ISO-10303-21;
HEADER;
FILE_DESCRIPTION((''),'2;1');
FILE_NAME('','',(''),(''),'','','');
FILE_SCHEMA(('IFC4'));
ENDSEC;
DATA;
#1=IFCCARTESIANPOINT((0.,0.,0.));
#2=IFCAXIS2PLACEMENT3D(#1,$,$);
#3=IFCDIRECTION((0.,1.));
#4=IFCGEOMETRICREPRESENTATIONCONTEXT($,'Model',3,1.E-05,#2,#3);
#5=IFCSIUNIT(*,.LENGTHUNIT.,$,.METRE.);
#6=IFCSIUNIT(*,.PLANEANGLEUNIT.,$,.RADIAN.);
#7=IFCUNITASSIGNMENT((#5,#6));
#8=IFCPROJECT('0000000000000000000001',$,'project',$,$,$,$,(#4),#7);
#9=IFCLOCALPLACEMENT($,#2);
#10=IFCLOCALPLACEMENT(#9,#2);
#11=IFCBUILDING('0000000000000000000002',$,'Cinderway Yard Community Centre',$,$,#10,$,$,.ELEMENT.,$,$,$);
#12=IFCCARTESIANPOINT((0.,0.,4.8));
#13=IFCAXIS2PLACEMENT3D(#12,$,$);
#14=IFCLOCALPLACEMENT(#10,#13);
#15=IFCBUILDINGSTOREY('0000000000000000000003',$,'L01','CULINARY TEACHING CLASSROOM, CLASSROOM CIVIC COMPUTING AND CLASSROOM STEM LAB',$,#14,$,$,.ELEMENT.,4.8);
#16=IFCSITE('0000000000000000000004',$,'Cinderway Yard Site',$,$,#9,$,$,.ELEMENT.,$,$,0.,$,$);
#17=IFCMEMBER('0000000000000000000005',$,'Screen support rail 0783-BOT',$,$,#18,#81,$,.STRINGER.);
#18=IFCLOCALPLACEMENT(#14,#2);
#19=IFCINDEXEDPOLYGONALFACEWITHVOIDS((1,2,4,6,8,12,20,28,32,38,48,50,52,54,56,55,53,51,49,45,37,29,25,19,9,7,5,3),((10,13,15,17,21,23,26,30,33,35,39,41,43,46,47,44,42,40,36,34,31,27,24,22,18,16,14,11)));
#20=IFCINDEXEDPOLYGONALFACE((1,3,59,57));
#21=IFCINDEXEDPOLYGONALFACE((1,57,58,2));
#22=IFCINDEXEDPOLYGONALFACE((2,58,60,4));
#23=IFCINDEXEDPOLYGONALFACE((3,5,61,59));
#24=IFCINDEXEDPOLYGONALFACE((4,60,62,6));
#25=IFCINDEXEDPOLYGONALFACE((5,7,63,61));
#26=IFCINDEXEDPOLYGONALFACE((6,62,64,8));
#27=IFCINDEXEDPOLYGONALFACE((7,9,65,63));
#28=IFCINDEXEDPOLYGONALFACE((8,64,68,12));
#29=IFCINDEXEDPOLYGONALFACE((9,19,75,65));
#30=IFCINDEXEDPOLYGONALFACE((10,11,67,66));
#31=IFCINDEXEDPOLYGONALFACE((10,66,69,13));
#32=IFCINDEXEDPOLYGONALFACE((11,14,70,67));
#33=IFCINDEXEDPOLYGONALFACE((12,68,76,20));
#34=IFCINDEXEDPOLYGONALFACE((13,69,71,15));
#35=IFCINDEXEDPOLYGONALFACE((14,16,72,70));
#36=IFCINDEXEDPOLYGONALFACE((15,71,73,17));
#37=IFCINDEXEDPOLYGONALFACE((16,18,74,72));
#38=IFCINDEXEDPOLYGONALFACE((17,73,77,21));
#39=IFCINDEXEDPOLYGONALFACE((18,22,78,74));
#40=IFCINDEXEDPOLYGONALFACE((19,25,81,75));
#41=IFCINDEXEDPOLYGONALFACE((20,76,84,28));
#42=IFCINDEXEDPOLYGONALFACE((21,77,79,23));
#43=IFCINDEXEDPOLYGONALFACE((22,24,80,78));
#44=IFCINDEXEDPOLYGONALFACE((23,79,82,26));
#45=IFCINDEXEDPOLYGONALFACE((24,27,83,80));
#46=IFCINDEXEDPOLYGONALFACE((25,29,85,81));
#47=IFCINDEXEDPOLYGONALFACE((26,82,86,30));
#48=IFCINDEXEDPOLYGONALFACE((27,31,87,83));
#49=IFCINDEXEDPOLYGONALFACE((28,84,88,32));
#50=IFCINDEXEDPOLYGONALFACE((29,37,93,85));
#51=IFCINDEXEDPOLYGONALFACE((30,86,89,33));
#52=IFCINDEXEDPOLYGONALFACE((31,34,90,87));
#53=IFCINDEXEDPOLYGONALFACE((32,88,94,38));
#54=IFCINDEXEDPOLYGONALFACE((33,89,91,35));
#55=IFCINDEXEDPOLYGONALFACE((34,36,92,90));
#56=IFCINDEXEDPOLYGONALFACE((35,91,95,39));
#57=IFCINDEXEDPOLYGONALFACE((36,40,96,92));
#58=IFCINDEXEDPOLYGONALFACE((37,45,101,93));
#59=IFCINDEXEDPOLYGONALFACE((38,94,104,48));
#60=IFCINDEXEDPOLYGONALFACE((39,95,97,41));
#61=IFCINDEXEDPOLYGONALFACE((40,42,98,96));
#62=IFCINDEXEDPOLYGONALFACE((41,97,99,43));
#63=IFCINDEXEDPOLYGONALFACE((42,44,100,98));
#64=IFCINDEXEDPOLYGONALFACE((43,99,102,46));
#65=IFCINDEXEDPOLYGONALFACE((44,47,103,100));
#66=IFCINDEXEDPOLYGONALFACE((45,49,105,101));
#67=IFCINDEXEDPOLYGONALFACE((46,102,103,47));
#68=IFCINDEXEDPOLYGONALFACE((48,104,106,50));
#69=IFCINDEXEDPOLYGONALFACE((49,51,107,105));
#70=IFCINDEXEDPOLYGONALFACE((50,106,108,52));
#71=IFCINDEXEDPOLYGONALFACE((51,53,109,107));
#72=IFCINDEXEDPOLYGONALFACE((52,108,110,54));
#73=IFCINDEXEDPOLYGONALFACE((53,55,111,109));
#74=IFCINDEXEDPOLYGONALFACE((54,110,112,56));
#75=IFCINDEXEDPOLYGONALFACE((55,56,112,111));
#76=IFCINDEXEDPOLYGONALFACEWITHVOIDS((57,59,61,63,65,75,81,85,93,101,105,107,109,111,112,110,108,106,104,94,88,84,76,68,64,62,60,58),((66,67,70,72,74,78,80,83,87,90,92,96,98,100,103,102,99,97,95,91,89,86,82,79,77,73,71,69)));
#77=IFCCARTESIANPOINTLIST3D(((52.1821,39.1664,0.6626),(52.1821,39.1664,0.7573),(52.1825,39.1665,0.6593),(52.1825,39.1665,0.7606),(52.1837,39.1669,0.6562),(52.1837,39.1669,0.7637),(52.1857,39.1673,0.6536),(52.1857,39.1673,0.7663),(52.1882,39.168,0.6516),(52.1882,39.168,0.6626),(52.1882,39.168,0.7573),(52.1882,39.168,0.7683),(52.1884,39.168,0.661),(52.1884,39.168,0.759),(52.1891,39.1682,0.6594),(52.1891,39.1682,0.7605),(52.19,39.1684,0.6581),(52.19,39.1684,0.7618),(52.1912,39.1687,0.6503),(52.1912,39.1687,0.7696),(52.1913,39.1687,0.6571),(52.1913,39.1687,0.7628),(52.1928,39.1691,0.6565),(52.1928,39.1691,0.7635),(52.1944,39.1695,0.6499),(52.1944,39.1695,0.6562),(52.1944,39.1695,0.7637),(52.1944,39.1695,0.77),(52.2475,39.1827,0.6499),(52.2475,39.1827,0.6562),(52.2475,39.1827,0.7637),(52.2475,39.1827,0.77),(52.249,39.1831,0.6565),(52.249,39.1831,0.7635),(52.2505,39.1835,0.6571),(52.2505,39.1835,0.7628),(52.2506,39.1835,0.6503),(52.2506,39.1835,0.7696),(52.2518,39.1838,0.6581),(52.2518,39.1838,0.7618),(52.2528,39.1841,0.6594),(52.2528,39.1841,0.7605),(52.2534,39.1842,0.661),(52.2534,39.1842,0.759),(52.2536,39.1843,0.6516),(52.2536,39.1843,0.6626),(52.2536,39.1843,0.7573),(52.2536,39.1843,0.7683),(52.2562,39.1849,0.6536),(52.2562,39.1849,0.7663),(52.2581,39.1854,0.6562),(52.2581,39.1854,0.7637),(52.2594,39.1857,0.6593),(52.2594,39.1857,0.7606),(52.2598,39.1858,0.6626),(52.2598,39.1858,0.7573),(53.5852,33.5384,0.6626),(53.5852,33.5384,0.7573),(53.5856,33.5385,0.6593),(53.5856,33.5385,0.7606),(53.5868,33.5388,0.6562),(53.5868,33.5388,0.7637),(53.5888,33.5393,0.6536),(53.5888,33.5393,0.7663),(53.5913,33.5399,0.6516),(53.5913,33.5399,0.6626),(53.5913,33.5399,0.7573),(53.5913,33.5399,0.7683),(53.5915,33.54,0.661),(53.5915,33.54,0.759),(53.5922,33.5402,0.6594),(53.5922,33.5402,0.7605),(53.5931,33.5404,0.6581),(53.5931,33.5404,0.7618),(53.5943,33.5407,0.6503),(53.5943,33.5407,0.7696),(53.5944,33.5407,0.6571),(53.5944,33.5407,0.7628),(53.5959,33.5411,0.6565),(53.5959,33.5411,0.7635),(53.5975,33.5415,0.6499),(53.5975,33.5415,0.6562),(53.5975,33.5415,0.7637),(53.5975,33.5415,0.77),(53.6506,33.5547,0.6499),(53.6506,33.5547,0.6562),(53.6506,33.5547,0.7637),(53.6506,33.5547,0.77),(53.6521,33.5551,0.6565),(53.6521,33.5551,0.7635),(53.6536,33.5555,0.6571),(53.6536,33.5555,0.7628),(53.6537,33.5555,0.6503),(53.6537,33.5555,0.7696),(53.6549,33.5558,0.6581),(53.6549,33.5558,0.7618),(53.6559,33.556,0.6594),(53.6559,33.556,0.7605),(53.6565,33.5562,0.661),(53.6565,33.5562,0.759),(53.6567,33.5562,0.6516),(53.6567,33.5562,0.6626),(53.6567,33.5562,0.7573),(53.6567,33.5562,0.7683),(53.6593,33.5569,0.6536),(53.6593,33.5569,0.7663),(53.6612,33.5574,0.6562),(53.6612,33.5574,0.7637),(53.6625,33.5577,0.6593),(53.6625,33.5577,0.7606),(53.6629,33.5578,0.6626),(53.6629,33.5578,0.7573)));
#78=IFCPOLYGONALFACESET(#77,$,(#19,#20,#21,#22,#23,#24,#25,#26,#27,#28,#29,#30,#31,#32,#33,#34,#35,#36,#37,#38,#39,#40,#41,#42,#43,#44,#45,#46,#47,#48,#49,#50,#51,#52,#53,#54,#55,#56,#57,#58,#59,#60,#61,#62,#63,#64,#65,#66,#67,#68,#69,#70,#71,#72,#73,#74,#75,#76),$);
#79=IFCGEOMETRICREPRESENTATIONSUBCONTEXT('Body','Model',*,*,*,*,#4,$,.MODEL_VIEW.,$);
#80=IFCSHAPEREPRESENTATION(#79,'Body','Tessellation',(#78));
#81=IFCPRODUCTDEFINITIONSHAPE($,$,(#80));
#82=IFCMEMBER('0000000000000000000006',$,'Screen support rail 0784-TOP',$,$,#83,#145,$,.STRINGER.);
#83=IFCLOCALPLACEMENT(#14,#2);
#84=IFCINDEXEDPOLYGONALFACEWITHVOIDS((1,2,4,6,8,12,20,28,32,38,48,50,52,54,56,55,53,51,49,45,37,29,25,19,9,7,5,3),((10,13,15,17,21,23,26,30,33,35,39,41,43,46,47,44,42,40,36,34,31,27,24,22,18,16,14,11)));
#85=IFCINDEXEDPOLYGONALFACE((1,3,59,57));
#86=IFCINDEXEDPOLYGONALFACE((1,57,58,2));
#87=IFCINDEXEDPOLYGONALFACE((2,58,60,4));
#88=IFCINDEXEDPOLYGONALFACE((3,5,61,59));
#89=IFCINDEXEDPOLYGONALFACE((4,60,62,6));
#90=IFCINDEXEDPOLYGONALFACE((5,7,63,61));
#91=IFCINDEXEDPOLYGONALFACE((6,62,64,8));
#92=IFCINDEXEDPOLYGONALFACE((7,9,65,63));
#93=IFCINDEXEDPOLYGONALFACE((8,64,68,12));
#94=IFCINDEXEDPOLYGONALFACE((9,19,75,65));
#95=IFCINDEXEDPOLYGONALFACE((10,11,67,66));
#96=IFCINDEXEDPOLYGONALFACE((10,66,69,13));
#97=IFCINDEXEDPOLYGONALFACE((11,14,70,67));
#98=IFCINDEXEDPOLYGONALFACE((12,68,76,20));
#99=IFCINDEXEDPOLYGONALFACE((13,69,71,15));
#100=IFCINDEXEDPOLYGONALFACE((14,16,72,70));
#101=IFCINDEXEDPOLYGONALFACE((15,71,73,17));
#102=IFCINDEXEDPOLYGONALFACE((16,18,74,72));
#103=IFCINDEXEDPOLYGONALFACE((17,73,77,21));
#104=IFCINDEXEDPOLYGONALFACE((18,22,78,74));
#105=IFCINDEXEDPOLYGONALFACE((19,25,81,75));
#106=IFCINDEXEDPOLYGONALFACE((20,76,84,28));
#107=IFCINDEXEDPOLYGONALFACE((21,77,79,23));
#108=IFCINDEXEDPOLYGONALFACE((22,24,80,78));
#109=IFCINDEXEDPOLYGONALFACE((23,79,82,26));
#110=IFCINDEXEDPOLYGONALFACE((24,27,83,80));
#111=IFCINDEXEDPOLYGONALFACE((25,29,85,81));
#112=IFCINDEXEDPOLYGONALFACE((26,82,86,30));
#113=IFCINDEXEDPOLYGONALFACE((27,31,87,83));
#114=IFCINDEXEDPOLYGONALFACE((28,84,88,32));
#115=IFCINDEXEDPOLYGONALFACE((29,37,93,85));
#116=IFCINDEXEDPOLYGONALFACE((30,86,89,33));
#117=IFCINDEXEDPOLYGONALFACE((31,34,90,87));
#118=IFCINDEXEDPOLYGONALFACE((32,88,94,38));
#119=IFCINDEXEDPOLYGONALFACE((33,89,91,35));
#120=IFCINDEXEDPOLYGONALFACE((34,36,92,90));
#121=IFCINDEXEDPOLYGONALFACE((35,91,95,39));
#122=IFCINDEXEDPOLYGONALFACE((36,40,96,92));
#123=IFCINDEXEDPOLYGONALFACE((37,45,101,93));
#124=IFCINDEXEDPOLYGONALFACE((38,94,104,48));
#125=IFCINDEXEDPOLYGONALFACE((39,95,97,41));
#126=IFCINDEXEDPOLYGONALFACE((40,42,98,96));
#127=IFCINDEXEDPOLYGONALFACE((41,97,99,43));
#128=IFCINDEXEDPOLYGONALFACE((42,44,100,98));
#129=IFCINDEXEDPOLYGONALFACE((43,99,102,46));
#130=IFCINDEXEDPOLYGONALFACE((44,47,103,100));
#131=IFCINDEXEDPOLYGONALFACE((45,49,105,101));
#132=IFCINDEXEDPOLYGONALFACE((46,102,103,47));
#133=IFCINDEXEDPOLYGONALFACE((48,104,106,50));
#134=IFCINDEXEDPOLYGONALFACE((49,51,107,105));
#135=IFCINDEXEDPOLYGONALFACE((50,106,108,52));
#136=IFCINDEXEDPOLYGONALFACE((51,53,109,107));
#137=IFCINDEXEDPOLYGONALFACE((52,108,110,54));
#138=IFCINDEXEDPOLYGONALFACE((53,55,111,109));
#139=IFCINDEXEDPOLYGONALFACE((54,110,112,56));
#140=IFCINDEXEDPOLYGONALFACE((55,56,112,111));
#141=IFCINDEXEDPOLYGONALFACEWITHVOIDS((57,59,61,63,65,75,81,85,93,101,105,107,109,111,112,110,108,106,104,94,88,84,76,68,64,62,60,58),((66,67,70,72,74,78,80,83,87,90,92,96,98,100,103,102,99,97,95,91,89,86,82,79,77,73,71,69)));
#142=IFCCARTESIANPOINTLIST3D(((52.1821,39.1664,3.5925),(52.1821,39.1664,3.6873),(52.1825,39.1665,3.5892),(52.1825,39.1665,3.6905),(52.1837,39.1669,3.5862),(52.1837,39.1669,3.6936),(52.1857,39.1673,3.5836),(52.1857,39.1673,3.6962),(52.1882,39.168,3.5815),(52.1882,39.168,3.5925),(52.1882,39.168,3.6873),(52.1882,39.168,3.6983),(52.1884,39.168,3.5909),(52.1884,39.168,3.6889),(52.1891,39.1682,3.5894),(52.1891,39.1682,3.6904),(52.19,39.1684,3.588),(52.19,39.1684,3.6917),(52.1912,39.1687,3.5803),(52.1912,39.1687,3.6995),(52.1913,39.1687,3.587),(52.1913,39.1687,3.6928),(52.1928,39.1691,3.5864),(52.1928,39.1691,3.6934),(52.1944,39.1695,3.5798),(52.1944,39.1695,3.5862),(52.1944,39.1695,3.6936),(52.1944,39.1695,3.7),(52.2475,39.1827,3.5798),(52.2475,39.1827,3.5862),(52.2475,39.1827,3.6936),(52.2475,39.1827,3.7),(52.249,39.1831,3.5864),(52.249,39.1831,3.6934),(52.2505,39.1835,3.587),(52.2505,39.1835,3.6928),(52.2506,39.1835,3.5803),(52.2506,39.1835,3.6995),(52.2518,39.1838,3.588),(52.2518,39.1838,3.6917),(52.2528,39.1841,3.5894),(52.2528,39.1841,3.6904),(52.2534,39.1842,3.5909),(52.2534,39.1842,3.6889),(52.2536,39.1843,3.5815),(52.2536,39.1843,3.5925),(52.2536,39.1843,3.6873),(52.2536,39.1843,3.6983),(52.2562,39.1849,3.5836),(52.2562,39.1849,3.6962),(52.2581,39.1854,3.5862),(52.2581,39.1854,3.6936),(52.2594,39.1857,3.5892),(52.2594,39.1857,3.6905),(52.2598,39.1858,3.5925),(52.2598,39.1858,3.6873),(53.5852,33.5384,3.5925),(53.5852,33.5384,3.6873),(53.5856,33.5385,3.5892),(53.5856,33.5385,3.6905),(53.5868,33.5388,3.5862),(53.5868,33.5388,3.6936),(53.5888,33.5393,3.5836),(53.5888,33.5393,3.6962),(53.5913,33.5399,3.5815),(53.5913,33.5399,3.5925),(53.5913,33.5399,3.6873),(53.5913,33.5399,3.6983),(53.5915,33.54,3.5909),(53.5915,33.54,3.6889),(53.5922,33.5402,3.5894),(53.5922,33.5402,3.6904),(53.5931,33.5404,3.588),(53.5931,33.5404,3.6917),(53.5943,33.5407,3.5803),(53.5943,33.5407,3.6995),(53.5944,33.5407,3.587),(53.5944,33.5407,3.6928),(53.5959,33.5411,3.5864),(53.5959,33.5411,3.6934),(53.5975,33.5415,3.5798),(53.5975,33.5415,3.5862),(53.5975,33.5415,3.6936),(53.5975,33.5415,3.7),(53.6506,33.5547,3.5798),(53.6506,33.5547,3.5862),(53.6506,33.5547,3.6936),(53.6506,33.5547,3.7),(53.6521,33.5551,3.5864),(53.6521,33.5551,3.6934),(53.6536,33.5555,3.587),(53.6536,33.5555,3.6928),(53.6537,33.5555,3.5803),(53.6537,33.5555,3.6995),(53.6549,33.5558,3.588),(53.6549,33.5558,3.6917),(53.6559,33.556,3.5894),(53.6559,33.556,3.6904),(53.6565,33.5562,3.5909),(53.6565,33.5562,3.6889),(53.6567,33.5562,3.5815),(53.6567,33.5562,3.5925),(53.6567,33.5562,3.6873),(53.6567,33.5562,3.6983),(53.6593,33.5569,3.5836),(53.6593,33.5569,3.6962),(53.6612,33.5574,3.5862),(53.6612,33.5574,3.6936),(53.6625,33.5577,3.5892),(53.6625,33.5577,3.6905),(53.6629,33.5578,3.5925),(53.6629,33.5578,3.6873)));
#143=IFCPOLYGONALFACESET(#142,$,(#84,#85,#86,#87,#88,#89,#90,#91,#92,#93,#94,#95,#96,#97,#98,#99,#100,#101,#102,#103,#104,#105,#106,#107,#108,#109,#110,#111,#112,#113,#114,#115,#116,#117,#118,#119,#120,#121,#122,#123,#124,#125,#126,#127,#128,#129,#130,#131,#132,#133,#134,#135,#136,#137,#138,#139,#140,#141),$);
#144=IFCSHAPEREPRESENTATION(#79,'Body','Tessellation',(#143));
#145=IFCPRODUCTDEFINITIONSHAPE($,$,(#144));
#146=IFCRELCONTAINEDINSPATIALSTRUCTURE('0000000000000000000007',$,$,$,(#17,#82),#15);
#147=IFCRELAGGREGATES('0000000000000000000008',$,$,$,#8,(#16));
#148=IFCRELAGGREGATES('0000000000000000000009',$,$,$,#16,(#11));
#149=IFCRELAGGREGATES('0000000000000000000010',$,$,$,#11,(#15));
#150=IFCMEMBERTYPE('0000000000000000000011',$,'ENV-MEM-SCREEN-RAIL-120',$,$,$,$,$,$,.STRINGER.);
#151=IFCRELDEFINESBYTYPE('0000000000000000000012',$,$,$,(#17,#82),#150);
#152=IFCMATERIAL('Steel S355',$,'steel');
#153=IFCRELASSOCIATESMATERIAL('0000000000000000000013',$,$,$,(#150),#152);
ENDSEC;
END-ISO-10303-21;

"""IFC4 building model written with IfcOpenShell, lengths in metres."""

from ifc_helpers import new_model, si_unit, direction, frame, origin, origin_2d, place, context, subcontext, project, spatial, hollow_rectangle, extrude, material, material_profile, profile_set, type_object, element, save


model = new_model("IFC4")

# Units and contexts
model_context = context("Model", 3, precision=1e-05, world=origin(), true_north=direction((0.0, 1.0)))
body_context = subcontext(model_context, "Body", "Model", "MODEL_VIEW")
ifc_project = project(units=[si_unit("LENGTHUNIT", "METRE"), si_unit("PLANEANGLEUNIT", "RADIAN")], contexts=[model_context])

# Site, building, storey
site_placement = place(None, origin())
site = spatial("IfcSite", under=ifc_project, at=site_placement, Name="Cinderway Yard Site", CompositionType="ELEMENT", RefElevation=0.0)
building_placement = place(site_placement, origin())
building = spatial("IfcBuilding", under=site, at=building_placement, Name="Cinderway Yard Community Centre", CompositionType="ELEMENT")
storey_placement = place(building_placement, frame((0.0, 0.0, 4.8)))
storey = spatial("IfcBuildingStorey", under=building, at=storey_placement, Name="L01", Description="CULINARY TEACHING CLASSROOM, CLASSROOM CIVIC COMPUTING AND CLASSROOM STEM LAB", CompositionType="ELEMENT", Elevation=4.8)

# Members
ifc_material_1 = material(Name="Steel S355", Category="steel")
ifc_material_profile_1 = material_profile(ifc_material_1, hollow_rectangle(XDim=0.0801, YDim=0.1201, WallThickness=0.0063, InnerFilletRadius=0.0063, OuterFilletRadius=0.0127, at=origin_2d()), Name="Steel S355")
ifc_profile_set_1 = profile_set([ifc_material_profile_1], Name="Steel S355")
member_type_1 = type_object("IfcMemberType", Name="ENV-MEM-SCREEN-RAIL-120", PredefinedType="STRINGER", material=ifc_profile_set_1)
for number, where, z_axis, x_axis, name in (
    (1, (53.624, 33.5481, 0.71), (-0.241902, 0.970301, 0.0), (-0.970301, -0.241902, 0.0), "Screen support rail 0783-BOT"),
    (2, (53.624, 33.5481, 3.6399), (-0.241902, 0.970301, 0.0), (-0.970301, -0.241902, 0.0), "Screen support rail 0784-TOP"),
):
    element("IfcMember", number, at=place(storey_placement, frame(where, z_axis=z_axis, x_axis=x_axis)), inside=storey, type_object=member_type_1, Name=name, PredefinedType="STRINGER", context=body_context, shape_type="SweptSolid", body=[
        extrude(hollow_rectangle(XDim=0.0801, YDim=0.1201, WallThickness=0.0063, InnerFilletRadius=0.0063, OuterFilletRadius=0.0127, at=origin_2d()), origin(), (0.0, 0.0, 1.0), 5.8003),
    ])

save(model, "model.ifc")
